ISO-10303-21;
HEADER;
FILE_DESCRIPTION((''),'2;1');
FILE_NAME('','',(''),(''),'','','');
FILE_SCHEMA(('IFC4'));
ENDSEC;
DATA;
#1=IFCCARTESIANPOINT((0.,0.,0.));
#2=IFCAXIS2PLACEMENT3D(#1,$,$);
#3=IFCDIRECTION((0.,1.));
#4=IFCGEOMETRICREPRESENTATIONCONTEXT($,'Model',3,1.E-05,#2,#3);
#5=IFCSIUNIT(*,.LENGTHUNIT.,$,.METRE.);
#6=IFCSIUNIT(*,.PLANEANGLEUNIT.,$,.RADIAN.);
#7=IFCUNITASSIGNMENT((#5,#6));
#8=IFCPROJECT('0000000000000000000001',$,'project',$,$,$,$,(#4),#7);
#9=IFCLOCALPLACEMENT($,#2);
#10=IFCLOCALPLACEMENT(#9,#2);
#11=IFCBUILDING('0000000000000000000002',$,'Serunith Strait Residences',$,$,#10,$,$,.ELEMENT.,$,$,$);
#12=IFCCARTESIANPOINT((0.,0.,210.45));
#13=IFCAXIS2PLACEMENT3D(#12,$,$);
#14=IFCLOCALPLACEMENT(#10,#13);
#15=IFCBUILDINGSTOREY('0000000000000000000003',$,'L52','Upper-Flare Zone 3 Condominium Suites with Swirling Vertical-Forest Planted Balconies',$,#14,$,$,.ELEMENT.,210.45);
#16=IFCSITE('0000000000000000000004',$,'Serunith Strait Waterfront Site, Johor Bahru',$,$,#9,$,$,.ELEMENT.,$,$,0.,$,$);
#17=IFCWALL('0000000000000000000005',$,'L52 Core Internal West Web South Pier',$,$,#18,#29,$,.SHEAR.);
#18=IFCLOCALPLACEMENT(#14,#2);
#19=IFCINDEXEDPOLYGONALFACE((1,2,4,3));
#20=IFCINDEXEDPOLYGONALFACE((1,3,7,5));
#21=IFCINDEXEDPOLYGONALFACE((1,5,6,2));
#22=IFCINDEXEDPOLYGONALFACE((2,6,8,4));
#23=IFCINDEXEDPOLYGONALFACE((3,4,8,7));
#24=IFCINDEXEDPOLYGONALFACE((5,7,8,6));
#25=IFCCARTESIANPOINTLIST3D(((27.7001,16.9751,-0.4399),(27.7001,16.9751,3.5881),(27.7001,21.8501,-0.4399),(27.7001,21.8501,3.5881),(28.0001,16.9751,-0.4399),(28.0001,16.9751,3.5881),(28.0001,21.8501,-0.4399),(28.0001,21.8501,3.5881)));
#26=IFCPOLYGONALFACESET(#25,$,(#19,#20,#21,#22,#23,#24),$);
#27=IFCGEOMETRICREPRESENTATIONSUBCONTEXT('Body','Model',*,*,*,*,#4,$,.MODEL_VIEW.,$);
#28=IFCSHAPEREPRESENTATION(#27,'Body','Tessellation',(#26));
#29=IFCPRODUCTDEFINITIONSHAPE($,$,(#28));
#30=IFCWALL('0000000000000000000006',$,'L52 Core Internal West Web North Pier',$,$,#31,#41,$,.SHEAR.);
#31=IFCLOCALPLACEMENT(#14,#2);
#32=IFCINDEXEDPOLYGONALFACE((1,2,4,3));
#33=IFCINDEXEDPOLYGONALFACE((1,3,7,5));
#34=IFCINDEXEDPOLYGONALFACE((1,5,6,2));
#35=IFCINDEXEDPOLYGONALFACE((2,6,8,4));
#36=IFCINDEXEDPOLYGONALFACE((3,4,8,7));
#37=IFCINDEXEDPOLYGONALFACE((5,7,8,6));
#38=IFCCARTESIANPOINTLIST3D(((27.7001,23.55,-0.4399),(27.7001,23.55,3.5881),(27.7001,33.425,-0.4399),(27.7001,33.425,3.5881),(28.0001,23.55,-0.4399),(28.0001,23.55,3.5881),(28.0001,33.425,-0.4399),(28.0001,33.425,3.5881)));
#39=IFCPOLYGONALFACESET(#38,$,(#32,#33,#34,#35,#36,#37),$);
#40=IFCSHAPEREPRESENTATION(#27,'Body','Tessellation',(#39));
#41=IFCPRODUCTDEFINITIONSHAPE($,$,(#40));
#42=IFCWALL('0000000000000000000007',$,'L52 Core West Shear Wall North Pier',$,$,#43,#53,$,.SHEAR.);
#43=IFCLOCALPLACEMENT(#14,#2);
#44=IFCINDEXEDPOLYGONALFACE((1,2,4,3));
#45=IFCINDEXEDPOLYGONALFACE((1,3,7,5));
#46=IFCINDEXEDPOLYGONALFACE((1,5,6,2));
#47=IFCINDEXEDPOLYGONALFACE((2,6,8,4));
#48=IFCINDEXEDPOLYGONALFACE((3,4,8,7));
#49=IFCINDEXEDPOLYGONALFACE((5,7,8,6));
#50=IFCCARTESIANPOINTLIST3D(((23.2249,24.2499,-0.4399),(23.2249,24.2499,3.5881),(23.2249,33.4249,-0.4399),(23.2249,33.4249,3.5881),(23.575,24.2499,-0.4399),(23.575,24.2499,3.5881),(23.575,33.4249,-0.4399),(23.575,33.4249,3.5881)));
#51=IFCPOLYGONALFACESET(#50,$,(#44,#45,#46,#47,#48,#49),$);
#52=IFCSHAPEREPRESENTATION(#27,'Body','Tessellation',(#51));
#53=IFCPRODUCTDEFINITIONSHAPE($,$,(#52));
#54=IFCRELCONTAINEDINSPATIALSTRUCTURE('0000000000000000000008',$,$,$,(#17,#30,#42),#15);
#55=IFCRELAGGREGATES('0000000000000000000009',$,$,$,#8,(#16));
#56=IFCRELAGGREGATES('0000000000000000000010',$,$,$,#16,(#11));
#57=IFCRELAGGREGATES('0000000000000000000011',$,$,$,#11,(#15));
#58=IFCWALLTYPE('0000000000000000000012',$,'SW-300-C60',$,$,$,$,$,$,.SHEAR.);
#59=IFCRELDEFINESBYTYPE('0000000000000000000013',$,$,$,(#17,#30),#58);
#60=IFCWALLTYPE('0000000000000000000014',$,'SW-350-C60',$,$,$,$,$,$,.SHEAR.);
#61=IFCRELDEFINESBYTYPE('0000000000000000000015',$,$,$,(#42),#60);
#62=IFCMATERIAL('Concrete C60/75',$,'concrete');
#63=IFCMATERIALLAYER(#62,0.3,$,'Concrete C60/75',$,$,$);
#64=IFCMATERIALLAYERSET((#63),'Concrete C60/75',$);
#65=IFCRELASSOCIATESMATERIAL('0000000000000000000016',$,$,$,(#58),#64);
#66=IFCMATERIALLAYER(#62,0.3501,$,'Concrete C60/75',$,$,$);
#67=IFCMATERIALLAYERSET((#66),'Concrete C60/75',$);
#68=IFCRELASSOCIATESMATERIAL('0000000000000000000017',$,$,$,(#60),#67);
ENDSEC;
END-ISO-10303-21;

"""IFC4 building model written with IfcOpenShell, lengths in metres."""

from ifc_helpers import new_model, si_unit, direction, frame, frame_2d, origin, place, context, subcontext, project, spatial, rectangle, extrude, material, layer, layer_set, type_object, element, save


model = new_model("IFC4")

# Units and contexts
model_context = context("Model", 3, precision=1e-05, world=origin(), true_north=direction((0.0, 1.0)))
body_context = subcontext(model_context, "Body", "Model", "MODEL_VIEW")
ifc_project = project(units=[si_unit("LENGTHUNIT", "METRE"), si_unit("PLANEANGLEUNIT", "RADIAN")], contexts=[model_context])

# Site, building, storey
site_placement = place(None, origin())
site = spatial("IfcSite", under=ifc_project, at=site_placement, Name="Serunith Strait Waterfront Site, Johor Bahru", CompositionType="ELEMENT", RefElevation=0.0)
building_placement = place(site_placement, origin())
building = spatial("IfcBuilding", under=site, at=building_placement, Name="Serunith Strait Residences", CompositionType="ELEMENT")
storey_placement = place(building_placement, frame((0.0, 0.0, 210.45)))
storey = spatial("IfcBuildingStorey", under=building, at=storey_placement, Name="L52", Description="Upper-Flare Zone 3 Condominium Suites with Swirling Vertical-Forest Planted Balconies", CompositionType="ELEMENT", Elevation=210.45)

# Walls
ifc_material_1 = material(Name="Concrete C60/75", Category="concrete")
ifc_layer_1 = layer(ifc_material_1, 0.3, Name="Concrete C60/75")
ifc_layer_set_1 = layer_set([ifc_layer_1], Name="Concrete C60/75")
wall_type_1 = type_object("IfcWallType", Name="SW-300-C60", PredefinedType="SHEAR", material=ifc_layer_set_1)
wall_1_placement = place(storey_placement, frame((27.8501, 16.9751, -0.4399), z_axis=(0.0, 0.0, 1.0), x_axis=(0.0, 1.0, 0.0)))
element("IfcWall", 1, at=wall_1_placement, inside=storey, type_object=wall_type_1, Name="L52 Core Internal West Web South Pier", PredefinedType="SHEAR", context=body_context, shape_type="SweptSolid", body=[
    extrude(rectangle(XDim=4.875, YDim=0.3, at=frame_2d((2.4375, 0.0))), origin(), (0.0, 0.0, 1.0), 4.0281),
])
wall_2_placement = place(storey_placement, frame((27.8501, 23.55, -0.4399), z_axis=(0.0, 0.0, 1.0), x_axis=(0.0, 1.0, 0.0)))
element("IfcWall", 2, at=wall_2_placement, inside=storey, type_object=wall_type_1, Name="L52 Core Internal West Web North Pier", PredefinedType="SHEAR", context=body_context, shape_type="SweptSolid", body=[
    extrude(rectangle(XDim=9.875, YDim=0.3, at=frame_2d((4.9375, 0.0))), origin(), (0.0, 0.0, 1.0), 4.0281),
])
ifc_layer_2 = layer(ifc_material_1, 0.3501, Name="Concrete C60/75")
ifc_layer_set_2 = layer_set([ifc_layer_2], Name="Concrete C60/75")
wall_type_2 = type_object("IfcWallType", Name="SW-350-C60", PredefinedType="SHEAR", material=ifc_layer_set_2)
wall_3_placement = place(storey_placement, frame((23.3999, 24.25, -0.4399), z_axis=(0.0, 0.0, 1.0), x_axis=(0.0, 1.0, 0.0)))
element("IfcWall", 3, at=wall_3_placement, inside=storey, type_object=wall_type_2, Name="L52 Core West Shear Wall North Pier", PredefinedType="SHEAR", context=body_context, shape_type="SweptSolid", body=[
    extrude(rectangle(XDim=9.175, YDim=0.3501, at=frame_2d((4.5874, 0.0))), origin(), (0.0, 0.0, 1.0), 4.0281),
])

save(model, "model.ifc")
